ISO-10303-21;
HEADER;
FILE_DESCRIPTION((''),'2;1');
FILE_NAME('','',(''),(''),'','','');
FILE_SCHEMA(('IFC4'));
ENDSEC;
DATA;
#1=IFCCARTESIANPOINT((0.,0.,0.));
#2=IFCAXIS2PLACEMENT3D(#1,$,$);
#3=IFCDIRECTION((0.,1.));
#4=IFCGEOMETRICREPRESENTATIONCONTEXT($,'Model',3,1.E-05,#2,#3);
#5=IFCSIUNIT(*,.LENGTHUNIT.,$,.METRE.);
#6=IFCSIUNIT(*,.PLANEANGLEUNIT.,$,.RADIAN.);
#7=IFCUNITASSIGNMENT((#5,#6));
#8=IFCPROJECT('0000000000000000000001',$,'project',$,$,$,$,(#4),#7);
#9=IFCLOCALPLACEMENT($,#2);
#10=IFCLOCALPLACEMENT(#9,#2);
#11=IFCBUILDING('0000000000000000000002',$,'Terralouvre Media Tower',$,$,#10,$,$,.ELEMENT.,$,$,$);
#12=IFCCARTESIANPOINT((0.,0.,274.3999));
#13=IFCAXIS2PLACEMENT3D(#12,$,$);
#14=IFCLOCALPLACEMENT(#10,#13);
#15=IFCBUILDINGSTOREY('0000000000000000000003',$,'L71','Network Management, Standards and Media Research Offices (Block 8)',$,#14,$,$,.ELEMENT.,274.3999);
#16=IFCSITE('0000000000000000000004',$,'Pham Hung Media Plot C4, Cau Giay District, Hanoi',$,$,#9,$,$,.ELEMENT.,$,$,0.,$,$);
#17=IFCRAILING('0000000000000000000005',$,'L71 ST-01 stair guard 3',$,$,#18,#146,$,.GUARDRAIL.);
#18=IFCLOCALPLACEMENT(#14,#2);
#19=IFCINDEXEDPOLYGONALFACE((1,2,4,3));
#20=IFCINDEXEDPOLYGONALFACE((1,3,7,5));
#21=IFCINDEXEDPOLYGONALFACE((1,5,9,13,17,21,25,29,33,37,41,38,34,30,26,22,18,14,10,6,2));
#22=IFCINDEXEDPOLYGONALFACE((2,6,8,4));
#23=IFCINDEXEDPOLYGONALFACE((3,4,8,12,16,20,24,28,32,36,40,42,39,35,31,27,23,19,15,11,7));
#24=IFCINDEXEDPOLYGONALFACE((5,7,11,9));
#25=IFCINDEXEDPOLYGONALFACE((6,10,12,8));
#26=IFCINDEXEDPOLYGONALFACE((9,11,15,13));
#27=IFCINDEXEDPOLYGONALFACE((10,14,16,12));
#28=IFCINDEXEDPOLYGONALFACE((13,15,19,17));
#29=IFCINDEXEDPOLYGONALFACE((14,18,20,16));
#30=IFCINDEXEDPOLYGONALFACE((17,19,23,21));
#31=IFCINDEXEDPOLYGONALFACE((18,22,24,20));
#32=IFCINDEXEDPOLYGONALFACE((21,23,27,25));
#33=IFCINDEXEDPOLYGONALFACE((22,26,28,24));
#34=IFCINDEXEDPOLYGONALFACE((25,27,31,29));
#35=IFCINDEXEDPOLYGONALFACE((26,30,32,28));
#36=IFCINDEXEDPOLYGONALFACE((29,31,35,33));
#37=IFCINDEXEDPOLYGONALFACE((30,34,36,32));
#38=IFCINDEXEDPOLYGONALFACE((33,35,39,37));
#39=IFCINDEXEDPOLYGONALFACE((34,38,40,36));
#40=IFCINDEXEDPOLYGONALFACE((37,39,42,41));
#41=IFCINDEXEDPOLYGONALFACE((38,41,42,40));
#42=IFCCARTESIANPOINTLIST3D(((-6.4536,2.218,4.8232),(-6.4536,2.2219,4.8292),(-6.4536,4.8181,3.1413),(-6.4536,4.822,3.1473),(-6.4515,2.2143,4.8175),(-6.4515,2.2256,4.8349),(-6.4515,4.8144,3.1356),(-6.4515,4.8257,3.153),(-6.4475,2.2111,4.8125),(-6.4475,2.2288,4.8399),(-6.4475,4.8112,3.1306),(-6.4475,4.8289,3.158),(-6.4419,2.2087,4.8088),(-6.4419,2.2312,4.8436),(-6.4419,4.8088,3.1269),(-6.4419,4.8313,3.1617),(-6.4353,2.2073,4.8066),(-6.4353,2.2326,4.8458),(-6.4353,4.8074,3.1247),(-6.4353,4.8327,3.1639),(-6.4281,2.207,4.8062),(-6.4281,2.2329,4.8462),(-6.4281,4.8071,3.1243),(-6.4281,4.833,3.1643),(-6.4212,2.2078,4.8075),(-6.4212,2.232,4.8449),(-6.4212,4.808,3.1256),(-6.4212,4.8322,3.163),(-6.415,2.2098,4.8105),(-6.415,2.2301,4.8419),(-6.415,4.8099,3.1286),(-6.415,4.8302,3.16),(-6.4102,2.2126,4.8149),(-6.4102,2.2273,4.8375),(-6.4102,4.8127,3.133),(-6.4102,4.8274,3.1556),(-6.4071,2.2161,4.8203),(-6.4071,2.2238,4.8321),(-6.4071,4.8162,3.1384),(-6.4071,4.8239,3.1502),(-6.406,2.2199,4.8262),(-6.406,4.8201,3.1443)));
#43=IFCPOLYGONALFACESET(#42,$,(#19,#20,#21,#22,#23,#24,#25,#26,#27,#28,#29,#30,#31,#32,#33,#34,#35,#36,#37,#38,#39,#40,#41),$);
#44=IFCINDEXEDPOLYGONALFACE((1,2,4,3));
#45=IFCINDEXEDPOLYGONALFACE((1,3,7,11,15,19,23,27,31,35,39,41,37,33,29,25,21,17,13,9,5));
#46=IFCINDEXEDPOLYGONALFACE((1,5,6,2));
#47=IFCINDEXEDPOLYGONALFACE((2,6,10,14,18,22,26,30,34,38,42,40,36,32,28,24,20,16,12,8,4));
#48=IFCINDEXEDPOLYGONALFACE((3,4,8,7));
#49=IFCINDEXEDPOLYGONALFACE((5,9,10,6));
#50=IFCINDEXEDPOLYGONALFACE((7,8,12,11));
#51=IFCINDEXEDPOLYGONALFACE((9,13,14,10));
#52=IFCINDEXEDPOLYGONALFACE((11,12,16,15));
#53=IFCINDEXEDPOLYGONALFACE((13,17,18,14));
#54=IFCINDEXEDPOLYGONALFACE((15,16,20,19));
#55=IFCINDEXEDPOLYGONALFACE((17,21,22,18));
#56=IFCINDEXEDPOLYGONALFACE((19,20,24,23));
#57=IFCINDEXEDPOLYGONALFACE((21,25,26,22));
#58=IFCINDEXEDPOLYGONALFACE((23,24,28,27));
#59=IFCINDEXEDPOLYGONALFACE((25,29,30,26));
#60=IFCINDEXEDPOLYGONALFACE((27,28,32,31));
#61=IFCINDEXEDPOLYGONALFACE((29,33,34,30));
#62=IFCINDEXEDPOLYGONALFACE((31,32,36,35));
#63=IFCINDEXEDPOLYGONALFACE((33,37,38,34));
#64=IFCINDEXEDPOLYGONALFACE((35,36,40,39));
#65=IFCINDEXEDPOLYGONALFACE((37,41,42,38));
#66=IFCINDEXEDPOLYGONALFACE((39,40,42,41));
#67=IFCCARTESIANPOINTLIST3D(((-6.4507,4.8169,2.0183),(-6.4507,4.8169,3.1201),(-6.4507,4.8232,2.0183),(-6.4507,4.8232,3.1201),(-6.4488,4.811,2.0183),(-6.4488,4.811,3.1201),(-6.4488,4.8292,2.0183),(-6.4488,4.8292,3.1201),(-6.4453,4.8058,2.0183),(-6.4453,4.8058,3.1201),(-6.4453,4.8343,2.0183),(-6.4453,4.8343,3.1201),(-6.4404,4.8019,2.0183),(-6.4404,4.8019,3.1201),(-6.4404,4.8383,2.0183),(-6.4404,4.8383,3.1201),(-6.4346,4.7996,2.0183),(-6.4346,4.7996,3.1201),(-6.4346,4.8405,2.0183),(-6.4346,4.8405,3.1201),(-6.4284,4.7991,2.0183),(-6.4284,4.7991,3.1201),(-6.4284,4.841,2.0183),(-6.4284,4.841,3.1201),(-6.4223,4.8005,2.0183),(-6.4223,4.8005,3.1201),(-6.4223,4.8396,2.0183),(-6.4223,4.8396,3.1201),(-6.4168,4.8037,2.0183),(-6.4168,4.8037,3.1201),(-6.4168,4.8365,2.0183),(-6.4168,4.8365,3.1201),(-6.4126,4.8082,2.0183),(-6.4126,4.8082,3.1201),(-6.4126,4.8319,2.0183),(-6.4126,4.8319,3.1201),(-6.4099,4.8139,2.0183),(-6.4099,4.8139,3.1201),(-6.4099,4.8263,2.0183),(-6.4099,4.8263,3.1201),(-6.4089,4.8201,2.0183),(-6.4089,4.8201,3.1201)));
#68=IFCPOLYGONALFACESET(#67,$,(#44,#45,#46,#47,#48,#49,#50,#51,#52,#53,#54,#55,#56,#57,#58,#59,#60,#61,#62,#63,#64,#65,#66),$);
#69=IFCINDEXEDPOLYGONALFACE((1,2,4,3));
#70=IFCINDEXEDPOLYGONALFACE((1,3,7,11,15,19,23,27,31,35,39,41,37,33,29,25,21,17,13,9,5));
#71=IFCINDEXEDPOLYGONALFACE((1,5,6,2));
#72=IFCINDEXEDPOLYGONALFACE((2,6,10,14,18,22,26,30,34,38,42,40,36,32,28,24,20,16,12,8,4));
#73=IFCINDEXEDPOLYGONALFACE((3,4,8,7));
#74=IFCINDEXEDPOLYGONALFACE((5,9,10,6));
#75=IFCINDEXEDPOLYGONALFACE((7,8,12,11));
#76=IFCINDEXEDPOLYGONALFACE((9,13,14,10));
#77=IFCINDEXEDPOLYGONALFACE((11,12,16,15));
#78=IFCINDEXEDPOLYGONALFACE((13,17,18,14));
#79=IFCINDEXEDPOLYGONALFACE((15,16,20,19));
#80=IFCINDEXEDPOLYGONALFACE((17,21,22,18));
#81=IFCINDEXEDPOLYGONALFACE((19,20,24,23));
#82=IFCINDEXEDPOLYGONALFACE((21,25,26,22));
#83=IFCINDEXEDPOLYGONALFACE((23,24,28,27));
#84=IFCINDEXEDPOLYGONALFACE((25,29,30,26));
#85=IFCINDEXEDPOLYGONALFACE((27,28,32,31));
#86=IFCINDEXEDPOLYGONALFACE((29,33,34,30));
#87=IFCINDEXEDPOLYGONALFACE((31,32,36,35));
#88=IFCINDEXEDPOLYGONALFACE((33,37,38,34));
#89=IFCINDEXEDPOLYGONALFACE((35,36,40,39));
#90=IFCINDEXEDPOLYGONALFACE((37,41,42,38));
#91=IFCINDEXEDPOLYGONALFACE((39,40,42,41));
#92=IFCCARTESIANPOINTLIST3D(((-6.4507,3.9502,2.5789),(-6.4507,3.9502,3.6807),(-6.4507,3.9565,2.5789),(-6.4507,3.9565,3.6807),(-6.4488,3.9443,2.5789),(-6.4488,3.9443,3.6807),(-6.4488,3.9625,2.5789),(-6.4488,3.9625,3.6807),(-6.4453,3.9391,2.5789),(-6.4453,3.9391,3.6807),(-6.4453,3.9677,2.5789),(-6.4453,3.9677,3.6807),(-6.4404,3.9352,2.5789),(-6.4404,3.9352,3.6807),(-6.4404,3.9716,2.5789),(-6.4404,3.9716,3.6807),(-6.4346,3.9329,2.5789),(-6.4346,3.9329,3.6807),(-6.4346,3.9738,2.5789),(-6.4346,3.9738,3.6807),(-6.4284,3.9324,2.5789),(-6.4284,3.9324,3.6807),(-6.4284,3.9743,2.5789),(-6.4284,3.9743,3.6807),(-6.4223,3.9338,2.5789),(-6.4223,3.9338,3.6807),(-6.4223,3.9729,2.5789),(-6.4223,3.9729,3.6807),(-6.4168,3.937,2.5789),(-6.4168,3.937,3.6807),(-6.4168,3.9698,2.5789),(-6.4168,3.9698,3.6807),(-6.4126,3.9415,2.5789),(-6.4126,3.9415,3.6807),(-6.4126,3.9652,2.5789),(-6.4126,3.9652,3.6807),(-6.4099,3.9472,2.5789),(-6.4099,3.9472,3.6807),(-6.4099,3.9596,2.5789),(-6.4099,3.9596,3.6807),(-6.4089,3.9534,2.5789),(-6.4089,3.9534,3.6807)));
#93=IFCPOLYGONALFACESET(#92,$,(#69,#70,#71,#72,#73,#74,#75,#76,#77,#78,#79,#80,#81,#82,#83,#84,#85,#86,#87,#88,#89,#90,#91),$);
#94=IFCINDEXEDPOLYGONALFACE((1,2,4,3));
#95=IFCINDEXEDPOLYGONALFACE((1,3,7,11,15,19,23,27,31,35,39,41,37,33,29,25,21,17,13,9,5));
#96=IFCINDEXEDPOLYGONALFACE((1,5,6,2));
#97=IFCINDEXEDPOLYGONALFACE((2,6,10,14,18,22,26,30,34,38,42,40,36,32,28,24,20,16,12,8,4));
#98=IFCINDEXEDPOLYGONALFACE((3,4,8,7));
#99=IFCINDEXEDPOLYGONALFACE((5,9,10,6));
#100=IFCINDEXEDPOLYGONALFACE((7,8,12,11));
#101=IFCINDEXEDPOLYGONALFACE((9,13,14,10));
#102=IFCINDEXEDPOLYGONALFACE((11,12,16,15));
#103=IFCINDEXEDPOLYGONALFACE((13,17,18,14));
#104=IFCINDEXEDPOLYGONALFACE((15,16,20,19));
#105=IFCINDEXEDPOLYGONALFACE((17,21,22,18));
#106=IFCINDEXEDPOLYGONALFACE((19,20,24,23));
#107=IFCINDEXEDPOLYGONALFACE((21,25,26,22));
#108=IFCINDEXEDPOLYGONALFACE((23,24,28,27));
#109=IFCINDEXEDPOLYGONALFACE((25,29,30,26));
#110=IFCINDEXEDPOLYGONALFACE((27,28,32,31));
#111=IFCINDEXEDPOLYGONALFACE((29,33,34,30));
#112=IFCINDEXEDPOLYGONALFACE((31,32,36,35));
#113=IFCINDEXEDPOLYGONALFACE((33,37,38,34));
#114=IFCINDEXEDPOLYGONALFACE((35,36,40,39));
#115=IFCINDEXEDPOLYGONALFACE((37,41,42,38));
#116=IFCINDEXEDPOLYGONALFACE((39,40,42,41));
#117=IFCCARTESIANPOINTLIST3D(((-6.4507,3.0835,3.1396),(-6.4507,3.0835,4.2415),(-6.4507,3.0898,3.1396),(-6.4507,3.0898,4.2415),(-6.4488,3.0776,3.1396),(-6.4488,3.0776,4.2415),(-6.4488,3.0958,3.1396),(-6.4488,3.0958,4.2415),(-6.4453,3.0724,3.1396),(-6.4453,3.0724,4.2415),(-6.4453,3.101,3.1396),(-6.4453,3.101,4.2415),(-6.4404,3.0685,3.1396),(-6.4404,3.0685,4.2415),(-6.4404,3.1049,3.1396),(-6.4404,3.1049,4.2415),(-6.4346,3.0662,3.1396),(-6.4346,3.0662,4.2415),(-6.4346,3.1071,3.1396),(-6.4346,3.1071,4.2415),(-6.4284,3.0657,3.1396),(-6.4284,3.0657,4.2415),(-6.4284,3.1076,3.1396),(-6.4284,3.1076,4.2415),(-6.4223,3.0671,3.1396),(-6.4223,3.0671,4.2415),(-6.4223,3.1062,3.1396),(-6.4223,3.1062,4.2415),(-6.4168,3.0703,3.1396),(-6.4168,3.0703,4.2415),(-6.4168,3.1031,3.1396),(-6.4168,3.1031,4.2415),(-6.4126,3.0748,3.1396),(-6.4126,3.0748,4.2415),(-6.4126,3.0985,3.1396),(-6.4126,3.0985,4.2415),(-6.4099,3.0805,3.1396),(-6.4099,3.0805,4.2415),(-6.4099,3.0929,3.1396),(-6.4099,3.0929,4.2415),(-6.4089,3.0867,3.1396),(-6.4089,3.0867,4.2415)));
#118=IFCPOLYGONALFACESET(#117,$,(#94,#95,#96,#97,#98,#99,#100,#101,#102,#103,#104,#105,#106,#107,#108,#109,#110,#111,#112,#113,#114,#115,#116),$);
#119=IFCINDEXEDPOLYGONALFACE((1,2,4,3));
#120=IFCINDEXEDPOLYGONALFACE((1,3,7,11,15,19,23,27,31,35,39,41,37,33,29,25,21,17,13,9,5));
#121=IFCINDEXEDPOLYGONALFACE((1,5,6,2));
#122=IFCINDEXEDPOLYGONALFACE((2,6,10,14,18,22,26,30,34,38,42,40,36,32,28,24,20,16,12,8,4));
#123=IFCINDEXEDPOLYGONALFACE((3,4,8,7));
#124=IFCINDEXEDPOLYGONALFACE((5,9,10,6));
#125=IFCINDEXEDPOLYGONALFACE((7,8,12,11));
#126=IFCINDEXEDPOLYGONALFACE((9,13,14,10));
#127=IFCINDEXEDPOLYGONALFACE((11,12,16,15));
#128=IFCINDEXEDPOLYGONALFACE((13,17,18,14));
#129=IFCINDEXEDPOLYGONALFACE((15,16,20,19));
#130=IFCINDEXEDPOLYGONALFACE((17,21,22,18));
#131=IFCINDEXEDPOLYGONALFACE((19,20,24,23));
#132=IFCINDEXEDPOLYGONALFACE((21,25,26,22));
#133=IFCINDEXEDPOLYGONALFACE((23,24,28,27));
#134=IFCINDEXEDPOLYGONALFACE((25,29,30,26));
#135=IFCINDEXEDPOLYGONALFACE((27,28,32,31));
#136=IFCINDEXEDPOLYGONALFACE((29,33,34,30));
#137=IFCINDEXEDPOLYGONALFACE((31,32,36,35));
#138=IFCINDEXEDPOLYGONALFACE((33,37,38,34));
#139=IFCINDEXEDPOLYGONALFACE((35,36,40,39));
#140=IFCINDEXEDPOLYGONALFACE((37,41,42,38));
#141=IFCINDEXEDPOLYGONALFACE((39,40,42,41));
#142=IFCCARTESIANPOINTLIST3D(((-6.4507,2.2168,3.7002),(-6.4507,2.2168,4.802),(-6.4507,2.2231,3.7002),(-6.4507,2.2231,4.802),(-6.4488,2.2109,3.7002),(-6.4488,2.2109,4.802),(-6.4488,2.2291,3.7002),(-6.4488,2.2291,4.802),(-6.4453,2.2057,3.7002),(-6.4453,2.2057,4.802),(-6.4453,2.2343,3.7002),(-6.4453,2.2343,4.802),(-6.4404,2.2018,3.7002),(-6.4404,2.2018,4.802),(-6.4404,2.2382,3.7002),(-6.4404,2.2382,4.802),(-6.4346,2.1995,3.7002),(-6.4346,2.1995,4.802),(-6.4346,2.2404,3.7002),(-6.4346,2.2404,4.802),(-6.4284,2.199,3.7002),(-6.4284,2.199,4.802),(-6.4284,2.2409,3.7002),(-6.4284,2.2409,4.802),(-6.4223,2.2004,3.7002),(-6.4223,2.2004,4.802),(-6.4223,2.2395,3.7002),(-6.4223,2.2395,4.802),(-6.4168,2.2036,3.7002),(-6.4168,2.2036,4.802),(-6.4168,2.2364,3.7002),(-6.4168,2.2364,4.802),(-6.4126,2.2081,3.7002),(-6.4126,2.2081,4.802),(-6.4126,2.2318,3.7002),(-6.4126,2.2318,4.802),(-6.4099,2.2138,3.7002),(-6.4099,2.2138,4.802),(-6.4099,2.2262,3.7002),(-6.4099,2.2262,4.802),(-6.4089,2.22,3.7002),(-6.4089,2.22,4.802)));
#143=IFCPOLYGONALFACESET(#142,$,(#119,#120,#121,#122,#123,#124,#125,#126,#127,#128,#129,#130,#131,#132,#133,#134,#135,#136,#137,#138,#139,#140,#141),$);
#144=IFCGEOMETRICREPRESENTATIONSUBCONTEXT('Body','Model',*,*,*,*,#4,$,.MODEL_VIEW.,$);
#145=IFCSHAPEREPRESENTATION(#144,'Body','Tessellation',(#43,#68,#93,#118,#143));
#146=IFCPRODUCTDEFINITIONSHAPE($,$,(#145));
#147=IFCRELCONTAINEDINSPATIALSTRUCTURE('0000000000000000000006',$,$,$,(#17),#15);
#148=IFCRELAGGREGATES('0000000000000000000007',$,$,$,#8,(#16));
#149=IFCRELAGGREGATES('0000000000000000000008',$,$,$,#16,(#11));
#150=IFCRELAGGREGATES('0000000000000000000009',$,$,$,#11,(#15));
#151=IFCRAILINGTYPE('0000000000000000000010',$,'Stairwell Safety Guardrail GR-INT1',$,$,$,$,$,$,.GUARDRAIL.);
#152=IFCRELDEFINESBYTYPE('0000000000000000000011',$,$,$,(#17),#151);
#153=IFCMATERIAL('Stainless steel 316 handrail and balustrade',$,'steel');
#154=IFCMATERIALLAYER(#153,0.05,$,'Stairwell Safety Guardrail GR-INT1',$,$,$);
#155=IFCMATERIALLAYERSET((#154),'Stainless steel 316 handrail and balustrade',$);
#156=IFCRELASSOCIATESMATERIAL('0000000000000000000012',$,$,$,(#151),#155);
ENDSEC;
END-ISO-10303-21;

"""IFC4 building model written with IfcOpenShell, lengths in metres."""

from ifc_helpers import new_model, si_unit, direction, frame, origin, origin_2d, place, context, subcontext, project, spatial, circle, extrude, material, layer, layer_set, type_object, element, save


model = new_model("IFC4")

# Units and contexts
model_context = context("Model", 3, precision=1e-05, world=origin(), true_north=direction((0.0, 1.0)))
body_context = subcontext(model_context, "Body", "Model", "MODEL_VIEW")
ifc_project = project(units=[si_unit("LENGTHUNIT", "METRE"), si_unit("PLANEANGLEUNIT", "RADIAN")], contexts=[model_context])

# Site, building, storey
site_placement = place(None, origin())
site = spatial("IfcSite", under=ifc_project, at=site_placement, Name="Pham Hung Media Plot C4, Cau Giay District, Hanoi", CompositionType="ELEMENT", RefElevation=0.0)
building_placement = place(site_placement, origin())
building = spatial("IfcBuilding", under=site, at=building_placement, Name="Terralouvre Media Tower", CompositionType="ELEMENT")
storey_placement = place(building_placement, frame((0.0, 0.0, 274.3999)))
storey = spatial("IfcBuildingStorey", under=building, at=storey_placement, Name="L71", Description="Network Management, Standards and Media Research Offices (Block 8)", CompositionType="ELEMENT", Elevation=274.3999)

# Railing
ifc_material_1 = material(Name="Stainless steel 316 handrail and balustrade", Category="steel")
ifc_layer_1 = layer(ifc_material_1, 0.05, Name="Stairwell Safety Guardrail GR-INT1")
ifc_layer_set_1 = layer_set([ifc_layer_1], Name="Stainless steel 316 handrail and balustrade")
railing_type_1 = type_object("IfcRailingType", Name="Stairwell Safety Guardrail GR-INT1", PredefinedType="GUARDRAIL", material=ifc_layer_set_1)
railing_1_placement = place(storey_placement, frame((-6.4299, 4.8201, 2.0183)))
element("IfcRailing", 1, at=railing_1_placement, inside=storey, type_object=railing_type_1, Name="L71 ST-01 stair guard 3", PredefinedType="GUARDRAIL", context=body_context, shape_type="SweptSolid", body=[
    extrude(circle(Radius=0.0239, at=origin_2d()), frame((0.0, 0.0, 1.126), z_axis=(0.0, -0.839648, 0.54313), x_axis=(1.0, 0.0, 0.0)), (0.0, 0.0, 1.0), 3.0967),
    extrude(circle(Radius=0.021, at=origin_2d()), origin(), (0.0, 0.0, 1.0), 1.1018),
    extrude(circle(Radius=0.021, at=origin_2d()), frame((0.0, -0.8667, 0.5605)), (0.0, 0.0, 1.0), 1.1018),
    extrude(circle(Radius=0.021, at=origin_2d()), frame((0.0, -1.7334, 1.1213)), (0.0, 0.0, 1.0), 1.1018),
    extrude(circle(Radius=0.021, at=origin_2d()), frame((0.0, -2.6001, 1.6819)), (0.0, 0.0, 1.0), 1.1018),
])

save(model, "model.ifc")
